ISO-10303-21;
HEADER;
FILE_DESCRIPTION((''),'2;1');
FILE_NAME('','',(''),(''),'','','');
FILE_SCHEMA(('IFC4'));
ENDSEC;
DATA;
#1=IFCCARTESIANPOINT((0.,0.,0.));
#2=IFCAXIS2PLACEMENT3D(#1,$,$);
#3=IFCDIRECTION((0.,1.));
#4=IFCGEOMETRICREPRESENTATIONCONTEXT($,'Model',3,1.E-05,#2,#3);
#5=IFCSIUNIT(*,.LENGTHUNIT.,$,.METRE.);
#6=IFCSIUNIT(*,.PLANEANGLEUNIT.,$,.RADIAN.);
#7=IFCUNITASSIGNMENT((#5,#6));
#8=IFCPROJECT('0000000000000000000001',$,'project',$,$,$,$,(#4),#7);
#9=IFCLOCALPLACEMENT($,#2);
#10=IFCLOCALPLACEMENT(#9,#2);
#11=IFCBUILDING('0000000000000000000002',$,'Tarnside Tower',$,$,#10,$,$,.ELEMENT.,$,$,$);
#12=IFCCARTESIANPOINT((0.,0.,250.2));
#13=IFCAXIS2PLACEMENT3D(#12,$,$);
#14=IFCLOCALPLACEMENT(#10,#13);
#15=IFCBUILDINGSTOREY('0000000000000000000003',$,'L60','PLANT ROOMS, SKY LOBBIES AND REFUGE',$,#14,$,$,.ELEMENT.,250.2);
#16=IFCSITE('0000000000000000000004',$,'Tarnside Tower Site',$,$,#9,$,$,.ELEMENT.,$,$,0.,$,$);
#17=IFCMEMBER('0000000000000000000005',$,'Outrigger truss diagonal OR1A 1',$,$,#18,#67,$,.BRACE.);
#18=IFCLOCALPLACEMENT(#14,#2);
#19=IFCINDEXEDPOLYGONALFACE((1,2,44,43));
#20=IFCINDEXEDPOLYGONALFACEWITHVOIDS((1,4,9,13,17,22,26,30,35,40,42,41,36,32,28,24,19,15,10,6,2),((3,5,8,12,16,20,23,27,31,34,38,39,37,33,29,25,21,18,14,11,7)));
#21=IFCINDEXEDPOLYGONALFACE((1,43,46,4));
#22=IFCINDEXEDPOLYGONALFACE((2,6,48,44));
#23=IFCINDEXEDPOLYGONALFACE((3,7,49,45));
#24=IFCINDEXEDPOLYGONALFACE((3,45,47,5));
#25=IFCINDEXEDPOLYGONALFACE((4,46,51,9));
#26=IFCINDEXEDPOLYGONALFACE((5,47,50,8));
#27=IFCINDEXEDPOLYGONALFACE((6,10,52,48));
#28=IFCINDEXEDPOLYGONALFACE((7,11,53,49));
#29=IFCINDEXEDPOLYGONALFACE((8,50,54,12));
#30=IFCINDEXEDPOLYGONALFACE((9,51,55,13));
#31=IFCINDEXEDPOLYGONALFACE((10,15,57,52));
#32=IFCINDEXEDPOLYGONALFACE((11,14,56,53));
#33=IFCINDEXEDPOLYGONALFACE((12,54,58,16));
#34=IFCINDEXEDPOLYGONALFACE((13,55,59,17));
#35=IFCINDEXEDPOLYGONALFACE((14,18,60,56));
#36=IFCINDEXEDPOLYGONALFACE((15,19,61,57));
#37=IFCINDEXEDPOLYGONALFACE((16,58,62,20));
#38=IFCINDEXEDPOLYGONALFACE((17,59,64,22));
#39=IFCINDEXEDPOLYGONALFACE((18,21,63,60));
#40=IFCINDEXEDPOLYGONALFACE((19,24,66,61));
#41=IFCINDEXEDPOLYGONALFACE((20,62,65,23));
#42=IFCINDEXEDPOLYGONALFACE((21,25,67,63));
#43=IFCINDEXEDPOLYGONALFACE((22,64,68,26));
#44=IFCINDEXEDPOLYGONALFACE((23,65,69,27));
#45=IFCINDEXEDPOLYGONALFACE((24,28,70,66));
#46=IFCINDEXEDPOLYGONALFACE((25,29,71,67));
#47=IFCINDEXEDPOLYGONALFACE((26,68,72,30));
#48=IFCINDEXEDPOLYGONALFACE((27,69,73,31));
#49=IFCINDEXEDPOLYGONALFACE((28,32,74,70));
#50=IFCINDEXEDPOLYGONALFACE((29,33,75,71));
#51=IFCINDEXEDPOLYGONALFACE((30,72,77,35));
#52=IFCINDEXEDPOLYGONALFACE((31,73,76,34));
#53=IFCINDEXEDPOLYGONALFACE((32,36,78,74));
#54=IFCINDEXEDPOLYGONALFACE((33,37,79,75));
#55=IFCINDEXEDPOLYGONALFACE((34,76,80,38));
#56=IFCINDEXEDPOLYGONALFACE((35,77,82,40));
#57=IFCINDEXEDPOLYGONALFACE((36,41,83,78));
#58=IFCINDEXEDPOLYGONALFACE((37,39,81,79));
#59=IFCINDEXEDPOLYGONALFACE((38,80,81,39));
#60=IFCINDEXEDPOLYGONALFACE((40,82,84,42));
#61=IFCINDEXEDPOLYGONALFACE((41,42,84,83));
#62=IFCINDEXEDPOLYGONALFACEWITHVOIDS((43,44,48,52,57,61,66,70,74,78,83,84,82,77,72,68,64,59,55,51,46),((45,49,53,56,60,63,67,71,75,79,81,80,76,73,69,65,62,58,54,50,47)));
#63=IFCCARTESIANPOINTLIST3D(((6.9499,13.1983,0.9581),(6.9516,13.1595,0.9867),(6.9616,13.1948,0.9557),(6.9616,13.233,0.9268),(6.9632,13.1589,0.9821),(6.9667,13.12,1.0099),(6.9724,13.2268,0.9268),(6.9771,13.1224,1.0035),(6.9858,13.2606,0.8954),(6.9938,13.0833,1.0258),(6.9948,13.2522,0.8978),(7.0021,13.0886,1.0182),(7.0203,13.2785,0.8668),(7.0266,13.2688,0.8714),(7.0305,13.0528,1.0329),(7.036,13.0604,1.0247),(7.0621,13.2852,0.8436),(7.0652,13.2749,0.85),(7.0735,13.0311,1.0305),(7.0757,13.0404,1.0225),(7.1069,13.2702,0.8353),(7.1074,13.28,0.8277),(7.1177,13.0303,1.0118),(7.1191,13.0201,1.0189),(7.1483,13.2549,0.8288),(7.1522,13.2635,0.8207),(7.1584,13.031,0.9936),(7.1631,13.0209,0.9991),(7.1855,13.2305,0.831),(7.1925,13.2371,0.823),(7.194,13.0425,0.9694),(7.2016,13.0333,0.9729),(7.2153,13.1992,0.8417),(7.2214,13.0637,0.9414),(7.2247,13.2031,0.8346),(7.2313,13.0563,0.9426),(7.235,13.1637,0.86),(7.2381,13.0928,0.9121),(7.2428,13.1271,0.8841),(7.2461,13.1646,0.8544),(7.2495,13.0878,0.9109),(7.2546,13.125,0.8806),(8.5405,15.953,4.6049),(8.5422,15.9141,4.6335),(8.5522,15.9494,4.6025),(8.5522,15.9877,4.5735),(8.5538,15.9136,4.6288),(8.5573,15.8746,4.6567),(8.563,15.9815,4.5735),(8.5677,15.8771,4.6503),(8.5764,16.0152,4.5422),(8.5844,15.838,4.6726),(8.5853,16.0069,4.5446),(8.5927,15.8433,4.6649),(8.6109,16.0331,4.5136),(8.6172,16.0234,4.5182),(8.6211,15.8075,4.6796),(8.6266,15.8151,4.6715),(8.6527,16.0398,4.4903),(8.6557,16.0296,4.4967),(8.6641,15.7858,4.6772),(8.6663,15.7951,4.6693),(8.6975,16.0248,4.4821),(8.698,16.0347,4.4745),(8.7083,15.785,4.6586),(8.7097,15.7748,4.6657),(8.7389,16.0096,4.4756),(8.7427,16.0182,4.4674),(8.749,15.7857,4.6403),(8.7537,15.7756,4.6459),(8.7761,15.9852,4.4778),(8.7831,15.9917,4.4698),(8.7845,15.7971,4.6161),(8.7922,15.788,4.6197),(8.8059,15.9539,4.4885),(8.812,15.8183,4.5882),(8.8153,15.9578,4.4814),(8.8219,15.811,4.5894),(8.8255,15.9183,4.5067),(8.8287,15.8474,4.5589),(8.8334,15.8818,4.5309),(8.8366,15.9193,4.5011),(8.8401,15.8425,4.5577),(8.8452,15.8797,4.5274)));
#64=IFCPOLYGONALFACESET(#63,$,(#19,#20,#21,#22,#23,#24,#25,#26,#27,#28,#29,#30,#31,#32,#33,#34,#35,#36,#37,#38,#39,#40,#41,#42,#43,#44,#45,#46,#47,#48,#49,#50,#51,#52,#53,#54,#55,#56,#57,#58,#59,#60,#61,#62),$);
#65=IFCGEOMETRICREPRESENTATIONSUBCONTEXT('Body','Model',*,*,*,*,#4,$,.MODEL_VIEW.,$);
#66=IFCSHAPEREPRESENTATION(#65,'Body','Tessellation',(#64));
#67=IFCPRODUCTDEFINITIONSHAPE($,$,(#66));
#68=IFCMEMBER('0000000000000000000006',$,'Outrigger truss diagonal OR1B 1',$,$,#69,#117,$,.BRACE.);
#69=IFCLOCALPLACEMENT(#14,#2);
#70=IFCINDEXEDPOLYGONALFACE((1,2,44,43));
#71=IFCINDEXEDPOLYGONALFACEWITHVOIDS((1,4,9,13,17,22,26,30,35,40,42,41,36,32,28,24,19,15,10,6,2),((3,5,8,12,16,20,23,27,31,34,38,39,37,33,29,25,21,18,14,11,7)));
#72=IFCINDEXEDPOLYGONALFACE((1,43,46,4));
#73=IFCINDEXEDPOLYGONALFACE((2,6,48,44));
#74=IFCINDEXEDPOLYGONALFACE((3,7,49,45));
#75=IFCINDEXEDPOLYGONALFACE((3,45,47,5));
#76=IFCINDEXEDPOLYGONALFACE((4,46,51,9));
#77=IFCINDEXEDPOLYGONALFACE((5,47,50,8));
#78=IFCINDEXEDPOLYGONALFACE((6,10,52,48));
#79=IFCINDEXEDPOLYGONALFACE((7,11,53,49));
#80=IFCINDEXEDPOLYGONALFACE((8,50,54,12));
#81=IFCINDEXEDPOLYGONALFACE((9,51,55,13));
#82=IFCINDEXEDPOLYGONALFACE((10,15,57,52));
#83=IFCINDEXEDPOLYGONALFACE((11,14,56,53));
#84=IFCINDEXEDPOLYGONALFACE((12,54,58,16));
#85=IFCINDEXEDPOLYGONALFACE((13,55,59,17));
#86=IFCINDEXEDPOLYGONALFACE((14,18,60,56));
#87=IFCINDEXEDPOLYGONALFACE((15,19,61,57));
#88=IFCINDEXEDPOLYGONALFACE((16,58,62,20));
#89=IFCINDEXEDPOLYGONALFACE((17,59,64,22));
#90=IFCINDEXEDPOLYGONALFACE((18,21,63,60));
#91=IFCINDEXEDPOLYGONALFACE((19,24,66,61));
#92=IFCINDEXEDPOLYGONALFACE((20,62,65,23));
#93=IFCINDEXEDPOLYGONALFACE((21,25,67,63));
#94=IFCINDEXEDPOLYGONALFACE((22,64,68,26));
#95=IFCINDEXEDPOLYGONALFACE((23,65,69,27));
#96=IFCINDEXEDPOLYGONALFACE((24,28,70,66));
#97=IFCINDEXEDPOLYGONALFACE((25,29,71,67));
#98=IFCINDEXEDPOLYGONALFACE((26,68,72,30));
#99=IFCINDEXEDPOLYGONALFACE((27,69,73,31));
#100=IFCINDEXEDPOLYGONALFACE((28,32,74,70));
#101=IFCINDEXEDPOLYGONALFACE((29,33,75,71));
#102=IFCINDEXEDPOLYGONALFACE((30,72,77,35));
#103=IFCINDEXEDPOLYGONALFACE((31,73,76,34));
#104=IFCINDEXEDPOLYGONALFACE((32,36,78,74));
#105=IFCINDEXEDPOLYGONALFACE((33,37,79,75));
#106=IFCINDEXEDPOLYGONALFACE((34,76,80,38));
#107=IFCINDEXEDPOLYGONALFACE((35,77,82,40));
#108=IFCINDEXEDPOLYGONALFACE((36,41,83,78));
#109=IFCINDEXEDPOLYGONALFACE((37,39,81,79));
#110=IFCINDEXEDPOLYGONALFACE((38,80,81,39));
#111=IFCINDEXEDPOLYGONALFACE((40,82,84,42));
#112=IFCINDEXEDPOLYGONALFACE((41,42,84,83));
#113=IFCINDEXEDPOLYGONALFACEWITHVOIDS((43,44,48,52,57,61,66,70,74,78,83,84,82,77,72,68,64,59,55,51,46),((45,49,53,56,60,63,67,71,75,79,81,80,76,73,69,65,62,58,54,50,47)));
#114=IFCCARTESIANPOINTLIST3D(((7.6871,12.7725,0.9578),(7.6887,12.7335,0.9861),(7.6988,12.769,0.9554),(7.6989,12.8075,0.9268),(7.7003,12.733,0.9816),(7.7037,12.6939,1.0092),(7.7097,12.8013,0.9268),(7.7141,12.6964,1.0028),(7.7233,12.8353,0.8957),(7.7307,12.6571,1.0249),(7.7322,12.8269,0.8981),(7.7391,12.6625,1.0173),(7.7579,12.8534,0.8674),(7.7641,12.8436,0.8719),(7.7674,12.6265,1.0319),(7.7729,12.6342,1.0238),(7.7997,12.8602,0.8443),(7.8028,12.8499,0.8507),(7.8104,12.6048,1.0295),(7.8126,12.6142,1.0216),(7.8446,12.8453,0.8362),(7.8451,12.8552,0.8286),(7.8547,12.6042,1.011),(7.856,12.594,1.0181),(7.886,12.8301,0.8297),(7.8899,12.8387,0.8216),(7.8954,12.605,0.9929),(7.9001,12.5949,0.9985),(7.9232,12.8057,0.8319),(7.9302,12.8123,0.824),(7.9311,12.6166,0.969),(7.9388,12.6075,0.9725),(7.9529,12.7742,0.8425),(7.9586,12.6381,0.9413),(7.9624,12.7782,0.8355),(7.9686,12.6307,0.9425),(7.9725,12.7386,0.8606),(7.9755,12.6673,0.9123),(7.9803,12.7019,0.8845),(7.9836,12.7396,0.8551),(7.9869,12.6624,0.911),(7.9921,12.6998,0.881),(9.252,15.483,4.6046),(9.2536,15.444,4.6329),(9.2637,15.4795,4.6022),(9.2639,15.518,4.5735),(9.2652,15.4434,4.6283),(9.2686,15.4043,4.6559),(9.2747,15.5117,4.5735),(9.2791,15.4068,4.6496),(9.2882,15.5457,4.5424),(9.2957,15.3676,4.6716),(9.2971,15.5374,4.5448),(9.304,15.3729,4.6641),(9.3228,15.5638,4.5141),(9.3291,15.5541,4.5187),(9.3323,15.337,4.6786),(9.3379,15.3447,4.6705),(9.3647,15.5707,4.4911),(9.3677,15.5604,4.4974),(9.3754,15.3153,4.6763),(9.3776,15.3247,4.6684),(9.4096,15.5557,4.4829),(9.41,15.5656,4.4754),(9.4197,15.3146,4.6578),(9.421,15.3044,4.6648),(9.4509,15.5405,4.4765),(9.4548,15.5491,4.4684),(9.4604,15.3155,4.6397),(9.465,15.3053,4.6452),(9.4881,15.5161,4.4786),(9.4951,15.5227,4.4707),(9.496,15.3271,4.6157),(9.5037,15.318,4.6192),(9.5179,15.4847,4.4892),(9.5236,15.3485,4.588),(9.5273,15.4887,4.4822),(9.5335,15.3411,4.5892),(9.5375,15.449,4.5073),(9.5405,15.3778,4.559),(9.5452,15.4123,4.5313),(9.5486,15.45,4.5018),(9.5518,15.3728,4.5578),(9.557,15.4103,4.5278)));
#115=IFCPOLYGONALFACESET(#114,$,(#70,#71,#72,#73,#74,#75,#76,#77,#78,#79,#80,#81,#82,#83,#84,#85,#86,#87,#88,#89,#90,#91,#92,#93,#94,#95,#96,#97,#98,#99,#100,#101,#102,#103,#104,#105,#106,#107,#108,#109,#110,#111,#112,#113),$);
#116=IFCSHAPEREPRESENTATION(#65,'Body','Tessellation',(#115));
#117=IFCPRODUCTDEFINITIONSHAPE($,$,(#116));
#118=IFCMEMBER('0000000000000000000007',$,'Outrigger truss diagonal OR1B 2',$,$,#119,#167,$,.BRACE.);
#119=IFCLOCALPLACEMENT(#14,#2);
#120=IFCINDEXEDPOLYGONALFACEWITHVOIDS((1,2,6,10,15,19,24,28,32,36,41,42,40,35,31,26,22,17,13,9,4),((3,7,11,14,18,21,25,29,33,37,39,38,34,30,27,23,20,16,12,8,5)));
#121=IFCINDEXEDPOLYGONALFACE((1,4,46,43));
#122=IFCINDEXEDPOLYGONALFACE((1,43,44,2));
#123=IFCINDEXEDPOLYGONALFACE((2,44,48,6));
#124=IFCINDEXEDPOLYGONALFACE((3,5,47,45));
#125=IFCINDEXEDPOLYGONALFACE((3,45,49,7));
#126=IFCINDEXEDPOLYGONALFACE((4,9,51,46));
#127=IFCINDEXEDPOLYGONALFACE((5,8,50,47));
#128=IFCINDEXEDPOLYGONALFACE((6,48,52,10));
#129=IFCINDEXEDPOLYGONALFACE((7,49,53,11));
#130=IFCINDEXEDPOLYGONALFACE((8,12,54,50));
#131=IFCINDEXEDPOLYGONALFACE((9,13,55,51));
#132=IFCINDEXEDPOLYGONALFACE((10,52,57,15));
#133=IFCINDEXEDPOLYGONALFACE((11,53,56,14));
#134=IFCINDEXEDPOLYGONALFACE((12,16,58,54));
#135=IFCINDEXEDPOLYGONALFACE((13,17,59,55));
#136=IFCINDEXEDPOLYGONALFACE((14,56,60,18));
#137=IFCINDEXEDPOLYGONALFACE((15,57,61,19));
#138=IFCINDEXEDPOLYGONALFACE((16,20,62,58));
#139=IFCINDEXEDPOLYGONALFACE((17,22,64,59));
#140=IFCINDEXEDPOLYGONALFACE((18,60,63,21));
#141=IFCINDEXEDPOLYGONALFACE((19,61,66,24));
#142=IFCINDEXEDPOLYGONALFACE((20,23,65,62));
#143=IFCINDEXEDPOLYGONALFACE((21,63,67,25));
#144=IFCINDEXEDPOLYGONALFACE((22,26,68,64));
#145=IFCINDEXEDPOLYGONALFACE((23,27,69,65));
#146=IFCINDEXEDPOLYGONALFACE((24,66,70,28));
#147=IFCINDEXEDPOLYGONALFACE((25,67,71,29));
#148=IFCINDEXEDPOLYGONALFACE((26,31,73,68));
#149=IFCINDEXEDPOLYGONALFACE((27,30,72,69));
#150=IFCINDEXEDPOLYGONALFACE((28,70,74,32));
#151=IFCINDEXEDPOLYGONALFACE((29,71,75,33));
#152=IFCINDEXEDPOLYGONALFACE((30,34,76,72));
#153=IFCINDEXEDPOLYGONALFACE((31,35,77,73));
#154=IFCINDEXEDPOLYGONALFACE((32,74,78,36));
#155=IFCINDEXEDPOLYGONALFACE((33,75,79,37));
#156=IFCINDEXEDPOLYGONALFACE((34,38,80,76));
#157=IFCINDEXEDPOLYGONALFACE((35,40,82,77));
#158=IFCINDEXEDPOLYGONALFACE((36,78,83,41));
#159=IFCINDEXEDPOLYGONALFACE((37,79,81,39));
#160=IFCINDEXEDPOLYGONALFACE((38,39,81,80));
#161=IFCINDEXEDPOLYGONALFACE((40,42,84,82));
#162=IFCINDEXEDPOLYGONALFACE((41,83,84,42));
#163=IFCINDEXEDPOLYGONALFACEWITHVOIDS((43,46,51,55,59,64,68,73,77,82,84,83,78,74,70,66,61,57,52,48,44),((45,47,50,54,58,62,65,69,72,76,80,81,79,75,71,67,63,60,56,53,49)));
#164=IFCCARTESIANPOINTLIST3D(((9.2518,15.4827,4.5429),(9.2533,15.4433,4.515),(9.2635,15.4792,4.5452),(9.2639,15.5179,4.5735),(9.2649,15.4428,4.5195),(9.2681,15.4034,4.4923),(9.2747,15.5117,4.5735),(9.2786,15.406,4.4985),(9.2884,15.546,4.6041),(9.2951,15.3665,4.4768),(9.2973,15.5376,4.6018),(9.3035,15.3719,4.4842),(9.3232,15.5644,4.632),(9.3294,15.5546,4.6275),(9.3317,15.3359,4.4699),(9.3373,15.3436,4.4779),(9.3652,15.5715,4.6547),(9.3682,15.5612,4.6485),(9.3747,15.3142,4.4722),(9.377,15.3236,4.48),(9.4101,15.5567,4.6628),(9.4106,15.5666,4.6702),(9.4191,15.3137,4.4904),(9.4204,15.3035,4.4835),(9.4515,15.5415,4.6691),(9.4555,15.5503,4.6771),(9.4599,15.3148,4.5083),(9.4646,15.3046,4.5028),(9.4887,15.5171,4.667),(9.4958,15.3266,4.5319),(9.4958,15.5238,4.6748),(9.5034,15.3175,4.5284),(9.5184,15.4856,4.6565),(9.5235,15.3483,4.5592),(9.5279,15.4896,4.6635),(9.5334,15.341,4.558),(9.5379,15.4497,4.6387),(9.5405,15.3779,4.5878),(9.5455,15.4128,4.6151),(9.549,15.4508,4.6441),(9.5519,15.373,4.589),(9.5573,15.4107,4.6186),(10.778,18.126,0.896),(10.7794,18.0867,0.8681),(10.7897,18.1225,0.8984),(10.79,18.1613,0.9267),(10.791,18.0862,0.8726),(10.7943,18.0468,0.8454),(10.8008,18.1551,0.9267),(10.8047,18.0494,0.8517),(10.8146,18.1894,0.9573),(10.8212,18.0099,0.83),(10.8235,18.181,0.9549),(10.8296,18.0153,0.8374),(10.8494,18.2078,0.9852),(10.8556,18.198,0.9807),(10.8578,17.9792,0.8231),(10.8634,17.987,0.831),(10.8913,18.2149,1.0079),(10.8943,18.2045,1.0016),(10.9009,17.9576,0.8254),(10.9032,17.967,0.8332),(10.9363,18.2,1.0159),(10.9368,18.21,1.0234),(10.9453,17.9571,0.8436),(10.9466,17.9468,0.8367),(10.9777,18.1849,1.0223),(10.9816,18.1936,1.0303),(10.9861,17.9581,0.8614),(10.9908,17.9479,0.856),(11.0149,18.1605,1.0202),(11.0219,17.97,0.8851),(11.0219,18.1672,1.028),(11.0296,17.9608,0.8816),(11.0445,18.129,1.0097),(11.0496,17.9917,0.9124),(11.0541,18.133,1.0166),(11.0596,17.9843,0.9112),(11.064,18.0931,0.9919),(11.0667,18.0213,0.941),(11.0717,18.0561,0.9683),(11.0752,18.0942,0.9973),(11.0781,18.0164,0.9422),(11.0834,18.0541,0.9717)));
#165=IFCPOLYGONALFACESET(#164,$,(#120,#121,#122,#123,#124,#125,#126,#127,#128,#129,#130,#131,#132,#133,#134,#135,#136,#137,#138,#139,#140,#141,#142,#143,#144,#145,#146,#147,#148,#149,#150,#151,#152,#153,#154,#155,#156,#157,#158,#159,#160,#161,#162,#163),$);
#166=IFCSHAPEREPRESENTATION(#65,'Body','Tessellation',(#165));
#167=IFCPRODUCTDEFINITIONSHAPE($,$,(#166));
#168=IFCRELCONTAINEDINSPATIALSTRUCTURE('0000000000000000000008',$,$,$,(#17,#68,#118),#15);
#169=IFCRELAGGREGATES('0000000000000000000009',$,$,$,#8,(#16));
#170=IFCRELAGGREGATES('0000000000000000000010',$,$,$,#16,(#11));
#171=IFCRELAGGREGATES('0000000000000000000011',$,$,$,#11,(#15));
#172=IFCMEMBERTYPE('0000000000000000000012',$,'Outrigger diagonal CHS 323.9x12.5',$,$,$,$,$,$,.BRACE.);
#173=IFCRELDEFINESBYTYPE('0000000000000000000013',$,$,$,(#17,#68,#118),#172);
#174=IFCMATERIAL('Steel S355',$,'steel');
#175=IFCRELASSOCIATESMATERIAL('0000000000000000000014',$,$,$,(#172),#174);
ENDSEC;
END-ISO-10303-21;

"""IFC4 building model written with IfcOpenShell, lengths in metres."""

from ifc_helpers import new_model, si_unit, direction, frame, origin, origin_2d, place, context, subcontext, project, spatial, hollow_circle, extrude, material, material_profile, profile_set, type_object, element, save


model = new_model("IFC4")

# Units and contexts
model_context = context("Model", 3, precision=1e-05, world=origin(), true_north=direction((0.0, 1.0)))
body_context = subcontext(model_context, "Body", "Model", "MODEL_VIEW")
ifc_project = project(units=[si_unit("LENGTHUNIT", "METRE"), si_unit("PLANEANGLEUNIT", "RADIAN")], contexts=[model_context])

# Site, building, storey
site_placement = place(None, origin())
site = spatial("IfcSite", under=ifc_project, at=site_placement, Name="Tarnside Tower Site", CompositionType="ELEMENT", RefElevation=0.0)
building_placement = place(site_placement, origin())
building = spatial("IfcBuilding", under=site, at=building_placement, Name="Tarnside Tower", CompositionType="ELEMENT")
storey_placement = place(building_placement, frame((0.0, 0.0, 250.2)))
storey = spatial("IfcBuildingStorey", under=building, at=storey_placement, Name="L60", Description="PLANT ROOMS, SKY LOBBIES AND REFUGE", CompositionType="ELEMENT", Elevation=250.2)

# Members
ifc_material_1 = material(Name="Steel S355", Category="steel")
ifc_material_profile_1 = material_profile(ifc_material_1, hollow_circle(Radius=0.1619, WallThickness=0.0125, at=origin_2d()), Name="CHS 323.9x12.5")
ifc_profile_set_1 = profile_set([ifc_material_profile_1], Name="Steel S355")
member_type_1 = type_object("IfcMemberType", Name="Outrigger diagonal CHS 323.9x12.5", PredefinedType="BRACE", material=ifc_profile_set_1)
member_1_placement = place(storey_placement, frame((7.1018, 13.1521, 0.9268), z_axis=(0.328695, 0.56925, 0.753601), x_axis=(-0.866, 0.500044, 0.0)))
element("IfcMember", 1, at=member_1_placement, inside=storey, type_object=member_type_1, Name="Outrigger truss diagonal OR1A 1", PredefinedType="BRACE", context=body_context, shape_type="SweptSolid", body=[
    extrude(hollow_circle(Radius=0.1619, WallThickness=0.0125, at=origin_2d()), origin(), (0.0, 0.0, 1.0), 4.8391),
])
member_2_placement = place(storey_placement, frame((7.8391, 12.7266, 0.9268), z_axis=(0.325647, 0.564014, 0.758843), x_axis=(-0.866017, 0.500015, 0.0)))
element("IfcMember", 2, at=member_2_placement, inside=storey, type_object=member_type_1, Name="Outrigger truss diagonal OR1B 1", PredefinedType="BRACE", context=body_context, shape_type="SweptSolid", body=[
    extrude(hollow_circle(Radius=0.1619, WallThickness=0.0125, at=origin_2d()), origin(), (0.0, 0.0, 1.0), 4.8057),
])
member_3_placement = place(storey_placement, frame((9.4041, 15.437, 4.5735), z_axis=(0.320918, 0.555843, -0.766845), x_axis=(-0.866024, 0.500002, 0.0)))
element("IfcMember", 3, at=member_3_placement, inside=storey, type_object=member_type_1, Name="Outrigger truss diagonal OR1B 2", PredefinedType="BRACE", context=body_context, shape_type="SweptSolid", body=[
    extrude(hollow_circle(Radius=0.1619, WallThickness=0.0125, at=origin_2d()), origin(), (0.0, 0.0, 1.0), 4.7556),
])

save(model, "model.ifc")
